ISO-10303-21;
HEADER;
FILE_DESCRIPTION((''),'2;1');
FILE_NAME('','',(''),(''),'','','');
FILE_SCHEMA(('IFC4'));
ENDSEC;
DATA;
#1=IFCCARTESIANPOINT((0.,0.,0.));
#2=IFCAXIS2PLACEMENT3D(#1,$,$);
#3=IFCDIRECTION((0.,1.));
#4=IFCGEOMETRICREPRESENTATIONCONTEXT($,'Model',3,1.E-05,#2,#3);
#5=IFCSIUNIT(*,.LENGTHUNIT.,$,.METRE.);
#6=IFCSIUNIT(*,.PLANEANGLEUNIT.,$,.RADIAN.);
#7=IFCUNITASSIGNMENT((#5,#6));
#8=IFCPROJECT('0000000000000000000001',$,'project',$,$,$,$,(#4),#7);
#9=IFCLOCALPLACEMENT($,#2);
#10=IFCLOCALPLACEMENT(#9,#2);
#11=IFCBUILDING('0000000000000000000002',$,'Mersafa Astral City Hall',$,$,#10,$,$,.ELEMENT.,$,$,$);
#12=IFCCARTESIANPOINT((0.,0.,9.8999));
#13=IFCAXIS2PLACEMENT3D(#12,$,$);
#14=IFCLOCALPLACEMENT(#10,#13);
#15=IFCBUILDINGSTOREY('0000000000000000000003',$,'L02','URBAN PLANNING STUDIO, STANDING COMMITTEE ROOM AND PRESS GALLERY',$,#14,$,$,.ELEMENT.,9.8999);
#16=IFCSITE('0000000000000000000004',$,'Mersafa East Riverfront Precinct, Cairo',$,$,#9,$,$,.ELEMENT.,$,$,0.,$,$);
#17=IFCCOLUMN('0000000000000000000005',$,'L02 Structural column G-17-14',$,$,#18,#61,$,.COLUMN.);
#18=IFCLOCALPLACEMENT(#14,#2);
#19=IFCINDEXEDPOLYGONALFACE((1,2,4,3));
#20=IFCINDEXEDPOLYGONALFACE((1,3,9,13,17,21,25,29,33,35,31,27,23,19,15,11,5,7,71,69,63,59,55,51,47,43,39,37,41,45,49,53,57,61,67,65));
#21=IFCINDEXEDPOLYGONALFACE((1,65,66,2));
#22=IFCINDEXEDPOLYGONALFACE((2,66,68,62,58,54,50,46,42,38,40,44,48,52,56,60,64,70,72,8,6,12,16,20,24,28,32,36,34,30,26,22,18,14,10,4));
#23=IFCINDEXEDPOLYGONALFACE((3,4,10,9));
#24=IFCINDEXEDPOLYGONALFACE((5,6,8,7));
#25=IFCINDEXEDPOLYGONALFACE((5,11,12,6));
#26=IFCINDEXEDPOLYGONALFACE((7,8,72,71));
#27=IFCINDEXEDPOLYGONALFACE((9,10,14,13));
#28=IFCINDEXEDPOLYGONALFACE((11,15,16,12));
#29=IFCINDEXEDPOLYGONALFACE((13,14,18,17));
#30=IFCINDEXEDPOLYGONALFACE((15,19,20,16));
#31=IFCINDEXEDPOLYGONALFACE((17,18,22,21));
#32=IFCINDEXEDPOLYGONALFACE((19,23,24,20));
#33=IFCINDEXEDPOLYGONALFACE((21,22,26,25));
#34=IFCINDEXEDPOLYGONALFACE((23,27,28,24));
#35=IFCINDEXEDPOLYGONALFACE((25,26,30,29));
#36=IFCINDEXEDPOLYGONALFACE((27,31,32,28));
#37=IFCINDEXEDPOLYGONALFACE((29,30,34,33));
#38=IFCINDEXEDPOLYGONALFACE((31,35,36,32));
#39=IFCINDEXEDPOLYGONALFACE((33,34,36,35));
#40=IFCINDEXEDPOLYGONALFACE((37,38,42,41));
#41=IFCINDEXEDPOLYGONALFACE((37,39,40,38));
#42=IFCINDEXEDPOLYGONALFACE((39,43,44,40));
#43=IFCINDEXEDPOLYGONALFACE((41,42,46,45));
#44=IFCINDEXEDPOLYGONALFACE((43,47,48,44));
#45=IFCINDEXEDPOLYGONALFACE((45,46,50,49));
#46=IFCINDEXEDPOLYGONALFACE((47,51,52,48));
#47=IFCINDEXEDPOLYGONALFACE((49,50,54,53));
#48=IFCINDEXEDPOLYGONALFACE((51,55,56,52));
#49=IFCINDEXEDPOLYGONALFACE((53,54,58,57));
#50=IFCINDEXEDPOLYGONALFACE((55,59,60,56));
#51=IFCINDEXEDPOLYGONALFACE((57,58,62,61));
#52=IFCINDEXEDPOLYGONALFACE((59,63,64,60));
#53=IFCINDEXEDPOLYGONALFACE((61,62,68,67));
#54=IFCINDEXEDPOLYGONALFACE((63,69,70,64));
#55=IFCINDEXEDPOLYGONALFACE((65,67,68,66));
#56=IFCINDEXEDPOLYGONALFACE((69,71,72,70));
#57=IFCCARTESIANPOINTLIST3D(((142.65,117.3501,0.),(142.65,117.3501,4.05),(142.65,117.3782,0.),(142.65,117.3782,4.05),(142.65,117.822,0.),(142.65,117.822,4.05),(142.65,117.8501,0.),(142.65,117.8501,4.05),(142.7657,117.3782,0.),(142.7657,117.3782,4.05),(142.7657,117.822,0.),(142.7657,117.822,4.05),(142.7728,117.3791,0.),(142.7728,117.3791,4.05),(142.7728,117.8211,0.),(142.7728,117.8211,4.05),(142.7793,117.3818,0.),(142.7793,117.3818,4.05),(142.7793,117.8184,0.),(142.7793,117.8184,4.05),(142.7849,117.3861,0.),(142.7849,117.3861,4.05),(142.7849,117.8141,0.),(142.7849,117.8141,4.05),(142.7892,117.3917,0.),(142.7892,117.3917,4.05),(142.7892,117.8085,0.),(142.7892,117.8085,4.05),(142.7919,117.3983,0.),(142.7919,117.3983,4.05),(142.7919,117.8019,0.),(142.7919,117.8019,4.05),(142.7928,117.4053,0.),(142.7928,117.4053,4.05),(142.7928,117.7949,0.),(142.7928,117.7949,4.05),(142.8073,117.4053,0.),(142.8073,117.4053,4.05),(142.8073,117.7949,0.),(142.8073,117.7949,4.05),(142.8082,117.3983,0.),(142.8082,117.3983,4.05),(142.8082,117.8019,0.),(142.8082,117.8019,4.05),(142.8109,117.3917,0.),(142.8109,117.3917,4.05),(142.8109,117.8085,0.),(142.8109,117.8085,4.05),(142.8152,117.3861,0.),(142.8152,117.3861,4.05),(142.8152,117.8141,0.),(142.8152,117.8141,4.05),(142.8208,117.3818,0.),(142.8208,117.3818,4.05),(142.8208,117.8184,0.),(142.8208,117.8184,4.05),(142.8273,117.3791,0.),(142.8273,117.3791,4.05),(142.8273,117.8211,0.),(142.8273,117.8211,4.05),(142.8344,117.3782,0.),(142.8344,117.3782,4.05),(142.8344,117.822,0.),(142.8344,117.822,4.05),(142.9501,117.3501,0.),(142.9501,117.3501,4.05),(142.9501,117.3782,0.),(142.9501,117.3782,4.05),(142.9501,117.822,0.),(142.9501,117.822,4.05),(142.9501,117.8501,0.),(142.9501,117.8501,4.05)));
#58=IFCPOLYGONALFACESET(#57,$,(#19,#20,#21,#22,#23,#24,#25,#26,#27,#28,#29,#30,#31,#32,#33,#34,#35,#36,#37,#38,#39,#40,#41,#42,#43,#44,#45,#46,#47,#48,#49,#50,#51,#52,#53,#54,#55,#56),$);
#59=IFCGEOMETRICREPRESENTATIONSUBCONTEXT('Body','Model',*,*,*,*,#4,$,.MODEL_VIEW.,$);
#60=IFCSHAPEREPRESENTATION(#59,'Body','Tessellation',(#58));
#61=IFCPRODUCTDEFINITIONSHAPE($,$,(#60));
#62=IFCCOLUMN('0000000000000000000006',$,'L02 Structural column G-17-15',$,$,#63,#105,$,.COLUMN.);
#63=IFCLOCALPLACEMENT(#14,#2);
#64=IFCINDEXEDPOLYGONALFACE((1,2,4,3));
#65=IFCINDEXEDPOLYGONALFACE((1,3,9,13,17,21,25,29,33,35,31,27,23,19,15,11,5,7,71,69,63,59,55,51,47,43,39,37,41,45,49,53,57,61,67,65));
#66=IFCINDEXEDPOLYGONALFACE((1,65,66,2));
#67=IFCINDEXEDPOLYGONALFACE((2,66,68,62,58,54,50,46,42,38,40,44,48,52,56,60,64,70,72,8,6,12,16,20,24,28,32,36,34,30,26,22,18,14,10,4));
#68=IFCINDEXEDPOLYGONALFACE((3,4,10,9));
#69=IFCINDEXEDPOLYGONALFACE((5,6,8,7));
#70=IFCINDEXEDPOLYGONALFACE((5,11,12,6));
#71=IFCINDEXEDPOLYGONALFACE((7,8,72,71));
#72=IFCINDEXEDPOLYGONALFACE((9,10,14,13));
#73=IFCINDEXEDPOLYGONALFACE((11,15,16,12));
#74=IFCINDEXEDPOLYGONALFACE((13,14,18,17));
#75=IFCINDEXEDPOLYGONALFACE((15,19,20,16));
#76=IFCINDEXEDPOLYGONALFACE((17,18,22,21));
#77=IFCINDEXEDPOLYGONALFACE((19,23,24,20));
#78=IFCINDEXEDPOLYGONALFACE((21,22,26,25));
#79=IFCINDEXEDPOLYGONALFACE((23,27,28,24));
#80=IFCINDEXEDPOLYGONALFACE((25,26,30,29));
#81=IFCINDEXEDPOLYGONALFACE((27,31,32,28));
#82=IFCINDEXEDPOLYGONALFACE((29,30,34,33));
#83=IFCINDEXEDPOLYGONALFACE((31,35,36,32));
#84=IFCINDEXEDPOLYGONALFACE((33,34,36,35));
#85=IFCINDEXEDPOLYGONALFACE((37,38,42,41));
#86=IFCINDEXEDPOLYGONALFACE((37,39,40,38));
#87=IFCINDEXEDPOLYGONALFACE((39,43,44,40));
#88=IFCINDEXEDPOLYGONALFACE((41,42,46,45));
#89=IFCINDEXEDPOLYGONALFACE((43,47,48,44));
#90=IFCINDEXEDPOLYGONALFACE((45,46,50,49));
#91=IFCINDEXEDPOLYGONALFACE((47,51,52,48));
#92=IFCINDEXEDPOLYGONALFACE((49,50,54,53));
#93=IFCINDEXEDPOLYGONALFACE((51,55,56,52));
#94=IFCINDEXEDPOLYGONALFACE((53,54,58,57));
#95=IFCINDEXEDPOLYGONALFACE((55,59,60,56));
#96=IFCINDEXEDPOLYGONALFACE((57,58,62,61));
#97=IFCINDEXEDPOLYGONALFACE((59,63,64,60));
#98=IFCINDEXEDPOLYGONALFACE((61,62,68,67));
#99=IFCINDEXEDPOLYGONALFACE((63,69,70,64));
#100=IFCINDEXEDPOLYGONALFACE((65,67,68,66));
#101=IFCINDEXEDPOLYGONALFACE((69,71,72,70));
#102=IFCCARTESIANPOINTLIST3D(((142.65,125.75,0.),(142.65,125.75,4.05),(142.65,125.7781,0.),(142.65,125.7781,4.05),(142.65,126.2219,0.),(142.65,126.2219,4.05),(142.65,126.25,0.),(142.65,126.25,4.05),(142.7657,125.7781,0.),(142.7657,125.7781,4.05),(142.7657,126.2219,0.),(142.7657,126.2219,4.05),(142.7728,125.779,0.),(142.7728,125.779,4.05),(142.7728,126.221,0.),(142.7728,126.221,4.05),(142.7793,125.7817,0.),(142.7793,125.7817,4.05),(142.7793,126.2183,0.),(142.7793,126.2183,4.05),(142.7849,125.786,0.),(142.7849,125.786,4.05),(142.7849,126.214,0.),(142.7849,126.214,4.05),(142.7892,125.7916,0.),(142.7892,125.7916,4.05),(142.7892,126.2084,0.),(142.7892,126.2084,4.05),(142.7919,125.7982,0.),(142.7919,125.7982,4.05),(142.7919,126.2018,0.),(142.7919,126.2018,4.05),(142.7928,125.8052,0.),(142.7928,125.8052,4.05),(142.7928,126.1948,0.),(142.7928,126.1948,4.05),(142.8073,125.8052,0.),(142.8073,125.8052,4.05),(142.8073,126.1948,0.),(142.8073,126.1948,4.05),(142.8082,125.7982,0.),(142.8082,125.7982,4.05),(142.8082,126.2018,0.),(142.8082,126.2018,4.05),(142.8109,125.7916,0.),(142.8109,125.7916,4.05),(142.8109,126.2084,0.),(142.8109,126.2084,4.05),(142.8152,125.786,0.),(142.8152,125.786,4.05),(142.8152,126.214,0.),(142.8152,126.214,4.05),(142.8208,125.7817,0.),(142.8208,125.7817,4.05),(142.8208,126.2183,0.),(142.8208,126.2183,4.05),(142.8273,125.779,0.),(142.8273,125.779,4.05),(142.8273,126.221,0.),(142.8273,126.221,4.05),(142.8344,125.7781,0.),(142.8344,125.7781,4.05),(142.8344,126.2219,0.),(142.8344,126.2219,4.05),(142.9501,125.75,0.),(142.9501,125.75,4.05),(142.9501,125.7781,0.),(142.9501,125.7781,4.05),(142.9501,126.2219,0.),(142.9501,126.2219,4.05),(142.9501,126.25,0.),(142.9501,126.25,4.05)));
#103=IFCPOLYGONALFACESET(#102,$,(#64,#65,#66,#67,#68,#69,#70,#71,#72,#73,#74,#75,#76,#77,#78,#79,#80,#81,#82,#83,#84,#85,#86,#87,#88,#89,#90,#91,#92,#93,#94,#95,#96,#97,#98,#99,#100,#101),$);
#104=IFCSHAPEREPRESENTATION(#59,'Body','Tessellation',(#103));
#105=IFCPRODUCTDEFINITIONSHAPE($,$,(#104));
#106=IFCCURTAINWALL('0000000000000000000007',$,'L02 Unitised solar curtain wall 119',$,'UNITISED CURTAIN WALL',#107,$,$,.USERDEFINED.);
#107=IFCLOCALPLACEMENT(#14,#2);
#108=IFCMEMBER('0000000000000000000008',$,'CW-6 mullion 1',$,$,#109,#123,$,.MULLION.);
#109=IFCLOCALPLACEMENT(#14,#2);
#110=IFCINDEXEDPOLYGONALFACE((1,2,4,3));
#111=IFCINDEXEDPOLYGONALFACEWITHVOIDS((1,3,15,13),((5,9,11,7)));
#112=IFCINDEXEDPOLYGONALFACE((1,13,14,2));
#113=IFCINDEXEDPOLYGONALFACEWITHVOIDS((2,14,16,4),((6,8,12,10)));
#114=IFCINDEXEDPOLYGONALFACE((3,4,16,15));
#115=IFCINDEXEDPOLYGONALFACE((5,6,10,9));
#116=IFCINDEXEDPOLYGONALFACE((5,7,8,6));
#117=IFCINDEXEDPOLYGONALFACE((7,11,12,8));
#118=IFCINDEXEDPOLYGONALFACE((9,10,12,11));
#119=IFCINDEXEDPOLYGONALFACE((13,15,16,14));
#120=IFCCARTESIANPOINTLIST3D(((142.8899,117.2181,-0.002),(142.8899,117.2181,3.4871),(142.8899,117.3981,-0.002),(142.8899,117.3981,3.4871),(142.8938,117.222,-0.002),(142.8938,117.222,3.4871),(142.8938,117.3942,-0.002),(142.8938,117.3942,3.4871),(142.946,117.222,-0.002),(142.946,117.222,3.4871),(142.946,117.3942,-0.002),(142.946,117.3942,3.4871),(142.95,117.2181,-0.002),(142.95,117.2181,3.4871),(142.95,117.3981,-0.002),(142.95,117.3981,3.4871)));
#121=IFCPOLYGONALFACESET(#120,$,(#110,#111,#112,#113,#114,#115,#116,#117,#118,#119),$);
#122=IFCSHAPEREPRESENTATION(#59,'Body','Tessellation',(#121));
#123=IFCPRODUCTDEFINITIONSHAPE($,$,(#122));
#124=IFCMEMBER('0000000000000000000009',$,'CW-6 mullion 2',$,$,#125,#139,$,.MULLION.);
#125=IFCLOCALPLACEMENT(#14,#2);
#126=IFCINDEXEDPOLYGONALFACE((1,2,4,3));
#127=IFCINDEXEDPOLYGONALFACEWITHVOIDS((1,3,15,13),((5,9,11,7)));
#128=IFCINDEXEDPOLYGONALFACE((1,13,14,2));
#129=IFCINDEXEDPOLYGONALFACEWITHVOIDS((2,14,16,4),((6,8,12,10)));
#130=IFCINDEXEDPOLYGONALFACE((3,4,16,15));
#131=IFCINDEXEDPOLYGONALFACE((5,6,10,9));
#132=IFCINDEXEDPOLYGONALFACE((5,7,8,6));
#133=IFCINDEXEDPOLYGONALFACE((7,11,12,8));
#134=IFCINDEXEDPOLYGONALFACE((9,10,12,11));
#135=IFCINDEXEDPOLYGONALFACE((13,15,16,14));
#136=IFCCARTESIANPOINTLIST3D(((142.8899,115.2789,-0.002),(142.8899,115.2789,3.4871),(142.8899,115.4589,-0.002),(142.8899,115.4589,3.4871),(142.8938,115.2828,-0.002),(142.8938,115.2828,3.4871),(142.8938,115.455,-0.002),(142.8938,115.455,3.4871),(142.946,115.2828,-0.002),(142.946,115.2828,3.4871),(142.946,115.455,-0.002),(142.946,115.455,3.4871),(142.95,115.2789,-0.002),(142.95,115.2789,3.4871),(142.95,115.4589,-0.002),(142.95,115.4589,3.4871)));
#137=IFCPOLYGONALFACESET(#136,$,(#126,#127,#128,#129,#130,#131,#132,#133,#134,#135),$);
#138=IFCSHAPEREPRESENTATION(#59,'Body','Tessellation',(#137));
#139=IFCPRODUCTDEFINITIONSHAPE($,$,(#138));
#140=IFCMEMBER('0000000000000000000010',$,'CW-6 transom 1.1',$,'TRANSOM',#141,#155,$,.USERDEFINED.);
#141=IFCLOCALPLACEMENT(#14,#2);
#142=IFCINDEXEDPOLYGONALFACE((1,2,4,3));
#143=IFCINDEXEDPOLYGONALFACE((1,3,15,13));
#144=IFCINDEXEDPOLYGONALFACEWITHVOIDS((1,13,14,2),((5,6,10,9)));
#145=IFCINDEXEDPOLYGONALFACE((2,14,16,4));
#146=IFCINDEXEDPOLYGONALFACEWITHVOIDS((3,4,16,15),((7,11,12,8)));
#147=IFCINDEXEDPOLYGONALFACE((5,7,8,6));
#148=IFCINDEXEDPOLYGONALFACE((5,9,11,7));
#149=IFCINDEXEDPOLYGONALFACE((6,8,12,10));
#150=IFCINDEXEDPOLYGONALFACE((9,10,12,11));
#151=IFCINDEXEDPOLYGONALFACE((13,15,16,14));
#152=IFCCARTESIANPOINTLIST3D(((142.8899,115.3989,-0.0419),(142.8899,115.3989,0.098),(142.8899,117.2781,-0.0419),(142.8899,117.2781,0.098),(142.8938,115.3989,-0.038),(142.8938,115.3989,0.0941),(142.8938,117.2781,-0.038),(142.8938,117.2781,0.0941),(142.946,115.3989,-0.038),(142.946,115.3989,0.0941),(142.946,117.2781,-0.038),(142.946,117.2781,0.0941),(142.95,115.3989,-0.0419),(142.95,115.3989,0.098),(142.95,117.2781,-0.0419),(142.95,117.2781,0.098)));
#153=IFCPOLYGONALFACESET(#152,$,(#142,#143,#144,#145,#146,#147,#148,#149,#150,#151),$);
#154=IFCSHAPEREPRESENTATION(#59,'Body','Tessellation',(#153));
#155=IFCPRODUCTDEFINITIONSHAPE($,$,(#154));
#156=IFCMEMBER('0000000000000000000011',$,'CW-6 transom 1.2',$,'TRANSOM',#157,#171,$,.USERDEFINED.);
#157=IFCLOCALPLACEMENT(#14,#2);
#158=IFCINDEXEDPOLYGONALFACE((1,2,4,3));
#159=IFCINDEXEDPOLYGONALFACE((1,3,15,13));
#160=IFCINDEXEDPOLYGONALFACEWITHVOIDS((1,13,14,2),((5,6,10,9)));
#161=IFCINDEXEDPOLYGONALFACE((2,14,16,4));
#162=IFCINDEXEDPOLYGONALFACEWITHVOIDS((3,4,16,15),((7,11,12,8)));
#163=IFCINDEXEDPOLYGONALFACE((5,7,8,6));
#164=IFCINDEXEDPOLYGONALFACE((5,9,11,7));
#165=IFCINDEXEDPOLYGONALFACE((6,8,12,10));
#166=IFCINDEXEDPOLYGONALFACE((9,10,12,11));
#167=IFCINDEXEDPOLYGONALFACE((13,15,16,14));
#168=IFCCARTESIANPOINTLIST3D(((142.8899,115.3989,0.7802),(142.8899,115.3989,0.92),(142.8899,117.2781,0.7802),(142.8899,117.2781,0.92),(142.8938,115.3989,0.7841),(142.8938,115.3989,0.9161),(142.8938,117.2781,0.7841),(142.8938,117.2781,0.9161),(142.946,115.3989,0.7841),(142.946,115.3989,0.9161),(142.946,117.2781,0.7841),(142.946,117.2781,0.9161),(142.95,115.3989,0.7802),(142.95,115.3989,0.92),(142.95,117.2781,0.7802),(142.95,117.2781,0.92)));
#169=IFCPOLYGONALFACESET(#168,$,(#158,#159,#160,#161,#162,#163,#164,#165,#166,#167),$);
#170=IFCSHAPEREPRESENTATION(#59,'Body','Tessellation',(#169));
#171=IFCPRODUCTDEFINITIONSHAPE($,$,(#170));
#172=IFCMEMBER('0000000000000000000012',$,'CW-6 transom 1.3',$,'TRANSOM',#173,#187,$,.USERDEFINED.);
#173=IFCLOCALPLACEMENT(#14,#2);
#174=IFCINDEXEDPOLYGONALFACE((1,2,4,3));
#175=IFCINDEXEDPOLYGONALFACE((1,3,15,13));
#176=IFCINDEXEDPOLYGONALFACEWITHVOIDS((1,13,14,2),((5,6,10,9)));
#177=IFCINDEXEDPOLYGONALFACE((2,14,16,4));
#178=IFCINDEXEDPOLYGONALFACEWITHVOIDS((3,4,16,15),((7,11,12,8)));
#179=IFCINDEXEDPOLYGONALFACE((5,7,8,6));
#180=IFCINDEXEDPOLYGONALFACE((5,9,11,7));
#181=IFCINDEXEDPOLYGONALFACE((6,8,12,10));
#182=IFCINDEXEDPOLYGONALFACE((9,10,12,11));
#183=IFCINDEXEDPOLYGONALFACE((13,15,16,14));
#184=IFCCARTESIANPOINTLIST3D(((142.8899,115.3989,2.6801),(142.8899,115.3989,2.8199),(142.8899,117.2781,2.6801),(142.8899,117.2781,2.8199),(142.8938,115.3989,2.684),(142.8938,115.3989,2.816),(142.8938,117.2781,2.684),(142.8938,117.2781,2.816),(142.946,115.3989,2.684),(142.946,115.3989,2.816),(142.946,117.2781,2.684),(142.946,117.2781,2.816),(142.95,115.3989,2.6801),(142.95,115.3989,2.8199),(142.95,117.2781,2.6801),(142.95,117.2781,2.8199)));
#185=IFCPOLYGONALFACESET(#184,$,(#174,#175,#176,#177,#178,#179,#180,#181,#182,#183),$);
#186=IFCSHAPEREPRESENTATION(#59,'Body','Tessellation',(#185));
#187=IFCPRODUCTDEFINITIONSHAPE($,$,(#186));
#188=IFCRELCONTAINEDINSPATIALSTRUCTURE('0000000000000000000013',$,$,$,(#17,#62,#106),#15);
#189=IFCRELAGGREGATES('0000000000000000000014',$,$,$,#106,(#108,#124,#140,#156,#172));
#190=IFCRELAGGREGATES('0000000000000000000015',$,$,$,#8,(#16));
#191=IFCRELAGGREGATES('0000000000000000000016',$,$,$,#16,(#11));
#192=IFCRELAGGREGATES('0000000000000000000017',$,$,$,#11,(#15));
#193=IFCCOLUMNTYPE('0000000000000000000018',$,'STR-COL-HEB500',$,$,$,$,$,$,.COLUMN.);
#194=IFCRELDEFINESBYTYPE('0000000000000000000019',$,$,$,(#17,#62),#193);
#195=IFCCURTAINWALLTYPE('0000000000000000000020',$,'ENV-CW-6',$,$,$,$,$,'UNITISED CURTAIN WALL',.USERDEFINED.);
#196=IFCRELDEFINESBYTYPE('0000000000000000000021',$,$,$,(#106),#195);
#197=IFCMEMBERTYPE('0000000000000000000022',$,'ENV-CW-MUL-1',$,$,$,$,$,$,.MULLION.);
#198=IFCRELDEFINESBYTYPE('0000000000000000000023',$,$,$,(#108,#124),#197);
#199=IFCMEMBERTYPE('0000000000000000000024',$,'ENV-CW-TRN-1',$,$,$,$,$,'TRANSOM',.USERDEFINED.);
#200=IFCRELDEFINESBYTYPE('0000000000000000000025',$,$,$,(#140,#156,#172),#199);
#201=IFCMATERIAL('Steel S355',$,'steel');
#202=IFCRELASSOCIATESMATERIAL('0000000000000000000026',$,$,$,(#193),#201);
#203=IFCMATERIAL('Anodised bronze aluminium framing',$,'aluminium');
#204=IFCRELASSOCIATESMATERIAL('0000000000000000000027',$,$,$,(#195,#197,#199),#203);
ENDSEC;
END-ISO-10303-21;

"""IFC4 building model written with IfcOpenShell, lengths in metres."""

from ifc_helpers import new_model, si_unit, direction, frame, origin, origin_2d, place, context, subcontext, project, spatial, hollow_rectangle, i_section, extrude, material, material_profile, profile_set, type_object, element, aggregate, save


model = new_model("IFC4")

# Units and contexts
model_context = context("Model", 3, precision=1e-05, world=origin(), true_north=direction((0.0, 1.0)))
body_context = subcontext(model_context, "Body", "Model", "MODEL_VIEW")
ifc_project = project(units=[si_unit("LENGTHUNIT", "METRE"), si_unit("PLANEANGLEUNIT", "RADIAN")], contexts=[model_context])

# Site, building, storey
site_placement = place(None, origin())
site = spatial("IfcSite", under=ifc_project, at=site_placement, Name="Mersafa East Riverfront Precinct, Cairo", CompositionType="ELEMENT", RefElevation=0.0)
building_placement = place(site_placement, origin())
building = spatial("IfcBuilding", under=site, at=building_placement, Name="Mersafa Astral City Hall", CompositionType="ELEMENT")
storey_placement = place(building_placement, frame((0.0, 0.0, 9.8999)))
storey = spatial("IfcBuildingStorey", under=building, at=storey_placement, Name="L02", Description="URBAN PLANNING STUDIO, STANDING COMMITTEE ROOM AND PRESS GALLERY", CompositionType="ELEMENT", Elevation=9.8999)

# Columns
ifc_material_1 = material(Name="Steel S355", Category="steel")
ifc_material_profile_1 = material_profile(ifc_material_1, i_section(OverallWidth=0.3, OverallDepth=0.5, WebThickness=0.0144, FlangeThickness=0.0281, FilletRadius=0.0271, at=origin_2d()), Name="HEB 500")
ifc_profile_set_1 = profile_set([ifc_material_profile_1], Name="Steel S355")
column_type = type_object("IfcColumnType", Name="STR-COL-HEB500", PredefinedType="COLUMN", material=ifc_profile_set_1)
for number, where, z_axis, x_axis, name in (
    (1, (142.8, 117.6001, 0.0), (0.0, 0.0, 1.0), (1.0, 0.0, 0.0), "L02 Structural column G-17-14"),
    (2, (142.8, 126.0, 0.0), (0.0, 0.0, 1.0), (1.0, 0.0, 0.0), "L02 Structural column G-17-15"),
):
    element("IfcColumn", number, at=place(storey_placement, frame(where, z_axis=z_axis, x_axis=x_axis)), inside=storey, type_object=column_type, Name=name, PredefinedType="COLUMN", context=body_context, shape_type="SweptSolid", body=[
        extrude(i_section(OverallWidth=0.3, OverallDepth=0.5, WebThickness=0.0144, FlangeThickness=0.0281, FilletRadius=0.0271, at=origin_2d()), origin(), (0.0, 0.0, 1.0), 4.05),
    ])

# Curtain wall, members
ifc_material_2 = material(Name="Anodised bronze aluminium framing", Category="aluminium")
curtain_wall_type = type_object("IfcCurtainWallType", Name="ENV-CW-6", ElementType="UNITISED CURTAIN WALL", PredefinedType="USERDEFINED", material=ifc_material_2)
curtain_wall_placement = place(storey_placement, origin())
curtain_wall = element("IfcCurtainWall", 3, at=curtain_wall_placement, inside=storey, type_object=curtain_wall_type, Name="L02 Unitised solar curtain wall 119", ObjectType="UNITISED CURTAIN WALL", PredefinedType="USERDEFINED")
ifc_material_profile_2 = material_profile(ifc_material_2, hollow_rectangle(XDim=0.0601, YDim=0.1799, WallThickness=0.0039, at=origin_2d()), Name="RHS 60x180x4")
ifc_profile_set_2 = profile_set([ifc_material_profile_2], Name="Anodised bronze aluminium framing")
member_type_1 = type_object("IfcMemberType", Name="ENV-CW-MUL-1", PredefinedType="MULLION", material=ifc_profile_set_2)
member_1_placement = place(storey_placement, frame((142.9199, 117.3081, -0.002), z_axis=(0.0, 0.0, 1.0), x_axis=(1.0, 0.0, 0.0)))
member_1 = element("IfcMember", 4, at=member_1_placement, type_object=member_type_1, Name="CW-6 mullion 1", PredefinedType="MULLION", context=body_context, shape_type="SweptSolid", body=[
    extrude(hollow_rectangle(XDim=0.0601, YDim=0.1799, WallThickness=0.0039, at=origin_2d()), origin(), (0.0, 0.0, 1.0), 3.489),
])
member_2_placement = place(storey_placement, frame((142.9199, 115.3689, -0.002), z_axis=(0.0, 0.0, 1.0), x_axis=(1.0, 0.0, 0.0)))
member_2 = element("IfcMember", 5, at=member_2_placement, type_object=member_type_1, Name="CW-6 mullion 2", PredefinedType="MULLION", context=body_context, shape_type="SweptSolid", body=[
    extrude(hollow_rectangle(XDim=0.0601, YDim=0.1799, WallThickness=0.0039, at=origin_2d()), origin(), (0.0, 0.0, 1.0), 3.489),
])
ifc_material_profile_3 = material_profile(ifc_material_2, hollow_rectangle(XDim=0.0601, YDim=0.1399, WallThickness=0.0039, at=origin_2d()), Name="RHS 60x140x4")
ifc_profile_set_3 = profile_set([ifc_material_profile_3], Name="Anodised bronze aluminium framing")
member_type_2 = type_object("IfcMemberType", Name="ENV-CW-TRN-1", ElementType="TRANSOM", PredefinedType="USERDEFINED", material=ifc_profile_set_3)
member_3_placement = place(storey_placement, frame((142.9199, 117.2781, 0.0281), z_axis=(0.0, -1.0, 0.0), x_axis=(1.0, 0.0, 0.0)))
member_3 = element("IfcMember", 6, at=member_3_placement, type_object=member_type_2, Name="CW-6 transom 1.1", ObjectType="TRANSOM", PredefinedType="USERDEFINED", context=body_context, shape_type="SweptSolid", body=[
    extrude(hollow_rectangle(XDim=0.0601, YDim=0.1399, WallThickness=0.0039, at=origin_2d()), origin(), (0.0, 0.0, 1.0), 1.8792),
])
member_4_placement = place(storey_placement, frame((142.9199, 117.2781, 0.8501), z_axis=(0.0, -1.0, 0.0), x_axis=(1.0, 0.0, 0.0)))
member_4 = element("IfcMember", 7, at=member_4_placement, type_object=member_type_2, Name="CW-6 transom 1.2", ObjectType="TRANSOM", PredefinedType="USERDEFINED", context=body_context, shape_type="SweptSolid", body=[
    extrude(hollow_rectangle(XDim=0.0601, YDim=0.1399, WallThickness=0.0039, at=origin_2d()), origin(), (0.0, 0.0, 1.0), 1.8792),
])
member_5_placement = place(storey_placement, frame((142.9199, 117.2781, 2.75), z_axis=(0.0, -1.0, 0.0), x_axis=(1.0, 0.0, 0.0)))
member_5 = element("IfcMember", 8, at=member_5_placement, type_object=member_type_2, Name="CW-6 transom 1.3", ObjectType="TRANSOM", PredefinedType="USERDEFINED", context=body_context, shape_type="SweptSolid", body=[
    extrude(hollow_rectangle(XDim=0.0601, YDim=0.1399, WallThickness=0.0039, at=origin_2d()), origin(), (0.0, 0.0, 1.0), 1.8792),
])

aggregate(curtain_wall, [member_1, member_2, member_3, member_4, member_5])

save(model, "model.ifc")
